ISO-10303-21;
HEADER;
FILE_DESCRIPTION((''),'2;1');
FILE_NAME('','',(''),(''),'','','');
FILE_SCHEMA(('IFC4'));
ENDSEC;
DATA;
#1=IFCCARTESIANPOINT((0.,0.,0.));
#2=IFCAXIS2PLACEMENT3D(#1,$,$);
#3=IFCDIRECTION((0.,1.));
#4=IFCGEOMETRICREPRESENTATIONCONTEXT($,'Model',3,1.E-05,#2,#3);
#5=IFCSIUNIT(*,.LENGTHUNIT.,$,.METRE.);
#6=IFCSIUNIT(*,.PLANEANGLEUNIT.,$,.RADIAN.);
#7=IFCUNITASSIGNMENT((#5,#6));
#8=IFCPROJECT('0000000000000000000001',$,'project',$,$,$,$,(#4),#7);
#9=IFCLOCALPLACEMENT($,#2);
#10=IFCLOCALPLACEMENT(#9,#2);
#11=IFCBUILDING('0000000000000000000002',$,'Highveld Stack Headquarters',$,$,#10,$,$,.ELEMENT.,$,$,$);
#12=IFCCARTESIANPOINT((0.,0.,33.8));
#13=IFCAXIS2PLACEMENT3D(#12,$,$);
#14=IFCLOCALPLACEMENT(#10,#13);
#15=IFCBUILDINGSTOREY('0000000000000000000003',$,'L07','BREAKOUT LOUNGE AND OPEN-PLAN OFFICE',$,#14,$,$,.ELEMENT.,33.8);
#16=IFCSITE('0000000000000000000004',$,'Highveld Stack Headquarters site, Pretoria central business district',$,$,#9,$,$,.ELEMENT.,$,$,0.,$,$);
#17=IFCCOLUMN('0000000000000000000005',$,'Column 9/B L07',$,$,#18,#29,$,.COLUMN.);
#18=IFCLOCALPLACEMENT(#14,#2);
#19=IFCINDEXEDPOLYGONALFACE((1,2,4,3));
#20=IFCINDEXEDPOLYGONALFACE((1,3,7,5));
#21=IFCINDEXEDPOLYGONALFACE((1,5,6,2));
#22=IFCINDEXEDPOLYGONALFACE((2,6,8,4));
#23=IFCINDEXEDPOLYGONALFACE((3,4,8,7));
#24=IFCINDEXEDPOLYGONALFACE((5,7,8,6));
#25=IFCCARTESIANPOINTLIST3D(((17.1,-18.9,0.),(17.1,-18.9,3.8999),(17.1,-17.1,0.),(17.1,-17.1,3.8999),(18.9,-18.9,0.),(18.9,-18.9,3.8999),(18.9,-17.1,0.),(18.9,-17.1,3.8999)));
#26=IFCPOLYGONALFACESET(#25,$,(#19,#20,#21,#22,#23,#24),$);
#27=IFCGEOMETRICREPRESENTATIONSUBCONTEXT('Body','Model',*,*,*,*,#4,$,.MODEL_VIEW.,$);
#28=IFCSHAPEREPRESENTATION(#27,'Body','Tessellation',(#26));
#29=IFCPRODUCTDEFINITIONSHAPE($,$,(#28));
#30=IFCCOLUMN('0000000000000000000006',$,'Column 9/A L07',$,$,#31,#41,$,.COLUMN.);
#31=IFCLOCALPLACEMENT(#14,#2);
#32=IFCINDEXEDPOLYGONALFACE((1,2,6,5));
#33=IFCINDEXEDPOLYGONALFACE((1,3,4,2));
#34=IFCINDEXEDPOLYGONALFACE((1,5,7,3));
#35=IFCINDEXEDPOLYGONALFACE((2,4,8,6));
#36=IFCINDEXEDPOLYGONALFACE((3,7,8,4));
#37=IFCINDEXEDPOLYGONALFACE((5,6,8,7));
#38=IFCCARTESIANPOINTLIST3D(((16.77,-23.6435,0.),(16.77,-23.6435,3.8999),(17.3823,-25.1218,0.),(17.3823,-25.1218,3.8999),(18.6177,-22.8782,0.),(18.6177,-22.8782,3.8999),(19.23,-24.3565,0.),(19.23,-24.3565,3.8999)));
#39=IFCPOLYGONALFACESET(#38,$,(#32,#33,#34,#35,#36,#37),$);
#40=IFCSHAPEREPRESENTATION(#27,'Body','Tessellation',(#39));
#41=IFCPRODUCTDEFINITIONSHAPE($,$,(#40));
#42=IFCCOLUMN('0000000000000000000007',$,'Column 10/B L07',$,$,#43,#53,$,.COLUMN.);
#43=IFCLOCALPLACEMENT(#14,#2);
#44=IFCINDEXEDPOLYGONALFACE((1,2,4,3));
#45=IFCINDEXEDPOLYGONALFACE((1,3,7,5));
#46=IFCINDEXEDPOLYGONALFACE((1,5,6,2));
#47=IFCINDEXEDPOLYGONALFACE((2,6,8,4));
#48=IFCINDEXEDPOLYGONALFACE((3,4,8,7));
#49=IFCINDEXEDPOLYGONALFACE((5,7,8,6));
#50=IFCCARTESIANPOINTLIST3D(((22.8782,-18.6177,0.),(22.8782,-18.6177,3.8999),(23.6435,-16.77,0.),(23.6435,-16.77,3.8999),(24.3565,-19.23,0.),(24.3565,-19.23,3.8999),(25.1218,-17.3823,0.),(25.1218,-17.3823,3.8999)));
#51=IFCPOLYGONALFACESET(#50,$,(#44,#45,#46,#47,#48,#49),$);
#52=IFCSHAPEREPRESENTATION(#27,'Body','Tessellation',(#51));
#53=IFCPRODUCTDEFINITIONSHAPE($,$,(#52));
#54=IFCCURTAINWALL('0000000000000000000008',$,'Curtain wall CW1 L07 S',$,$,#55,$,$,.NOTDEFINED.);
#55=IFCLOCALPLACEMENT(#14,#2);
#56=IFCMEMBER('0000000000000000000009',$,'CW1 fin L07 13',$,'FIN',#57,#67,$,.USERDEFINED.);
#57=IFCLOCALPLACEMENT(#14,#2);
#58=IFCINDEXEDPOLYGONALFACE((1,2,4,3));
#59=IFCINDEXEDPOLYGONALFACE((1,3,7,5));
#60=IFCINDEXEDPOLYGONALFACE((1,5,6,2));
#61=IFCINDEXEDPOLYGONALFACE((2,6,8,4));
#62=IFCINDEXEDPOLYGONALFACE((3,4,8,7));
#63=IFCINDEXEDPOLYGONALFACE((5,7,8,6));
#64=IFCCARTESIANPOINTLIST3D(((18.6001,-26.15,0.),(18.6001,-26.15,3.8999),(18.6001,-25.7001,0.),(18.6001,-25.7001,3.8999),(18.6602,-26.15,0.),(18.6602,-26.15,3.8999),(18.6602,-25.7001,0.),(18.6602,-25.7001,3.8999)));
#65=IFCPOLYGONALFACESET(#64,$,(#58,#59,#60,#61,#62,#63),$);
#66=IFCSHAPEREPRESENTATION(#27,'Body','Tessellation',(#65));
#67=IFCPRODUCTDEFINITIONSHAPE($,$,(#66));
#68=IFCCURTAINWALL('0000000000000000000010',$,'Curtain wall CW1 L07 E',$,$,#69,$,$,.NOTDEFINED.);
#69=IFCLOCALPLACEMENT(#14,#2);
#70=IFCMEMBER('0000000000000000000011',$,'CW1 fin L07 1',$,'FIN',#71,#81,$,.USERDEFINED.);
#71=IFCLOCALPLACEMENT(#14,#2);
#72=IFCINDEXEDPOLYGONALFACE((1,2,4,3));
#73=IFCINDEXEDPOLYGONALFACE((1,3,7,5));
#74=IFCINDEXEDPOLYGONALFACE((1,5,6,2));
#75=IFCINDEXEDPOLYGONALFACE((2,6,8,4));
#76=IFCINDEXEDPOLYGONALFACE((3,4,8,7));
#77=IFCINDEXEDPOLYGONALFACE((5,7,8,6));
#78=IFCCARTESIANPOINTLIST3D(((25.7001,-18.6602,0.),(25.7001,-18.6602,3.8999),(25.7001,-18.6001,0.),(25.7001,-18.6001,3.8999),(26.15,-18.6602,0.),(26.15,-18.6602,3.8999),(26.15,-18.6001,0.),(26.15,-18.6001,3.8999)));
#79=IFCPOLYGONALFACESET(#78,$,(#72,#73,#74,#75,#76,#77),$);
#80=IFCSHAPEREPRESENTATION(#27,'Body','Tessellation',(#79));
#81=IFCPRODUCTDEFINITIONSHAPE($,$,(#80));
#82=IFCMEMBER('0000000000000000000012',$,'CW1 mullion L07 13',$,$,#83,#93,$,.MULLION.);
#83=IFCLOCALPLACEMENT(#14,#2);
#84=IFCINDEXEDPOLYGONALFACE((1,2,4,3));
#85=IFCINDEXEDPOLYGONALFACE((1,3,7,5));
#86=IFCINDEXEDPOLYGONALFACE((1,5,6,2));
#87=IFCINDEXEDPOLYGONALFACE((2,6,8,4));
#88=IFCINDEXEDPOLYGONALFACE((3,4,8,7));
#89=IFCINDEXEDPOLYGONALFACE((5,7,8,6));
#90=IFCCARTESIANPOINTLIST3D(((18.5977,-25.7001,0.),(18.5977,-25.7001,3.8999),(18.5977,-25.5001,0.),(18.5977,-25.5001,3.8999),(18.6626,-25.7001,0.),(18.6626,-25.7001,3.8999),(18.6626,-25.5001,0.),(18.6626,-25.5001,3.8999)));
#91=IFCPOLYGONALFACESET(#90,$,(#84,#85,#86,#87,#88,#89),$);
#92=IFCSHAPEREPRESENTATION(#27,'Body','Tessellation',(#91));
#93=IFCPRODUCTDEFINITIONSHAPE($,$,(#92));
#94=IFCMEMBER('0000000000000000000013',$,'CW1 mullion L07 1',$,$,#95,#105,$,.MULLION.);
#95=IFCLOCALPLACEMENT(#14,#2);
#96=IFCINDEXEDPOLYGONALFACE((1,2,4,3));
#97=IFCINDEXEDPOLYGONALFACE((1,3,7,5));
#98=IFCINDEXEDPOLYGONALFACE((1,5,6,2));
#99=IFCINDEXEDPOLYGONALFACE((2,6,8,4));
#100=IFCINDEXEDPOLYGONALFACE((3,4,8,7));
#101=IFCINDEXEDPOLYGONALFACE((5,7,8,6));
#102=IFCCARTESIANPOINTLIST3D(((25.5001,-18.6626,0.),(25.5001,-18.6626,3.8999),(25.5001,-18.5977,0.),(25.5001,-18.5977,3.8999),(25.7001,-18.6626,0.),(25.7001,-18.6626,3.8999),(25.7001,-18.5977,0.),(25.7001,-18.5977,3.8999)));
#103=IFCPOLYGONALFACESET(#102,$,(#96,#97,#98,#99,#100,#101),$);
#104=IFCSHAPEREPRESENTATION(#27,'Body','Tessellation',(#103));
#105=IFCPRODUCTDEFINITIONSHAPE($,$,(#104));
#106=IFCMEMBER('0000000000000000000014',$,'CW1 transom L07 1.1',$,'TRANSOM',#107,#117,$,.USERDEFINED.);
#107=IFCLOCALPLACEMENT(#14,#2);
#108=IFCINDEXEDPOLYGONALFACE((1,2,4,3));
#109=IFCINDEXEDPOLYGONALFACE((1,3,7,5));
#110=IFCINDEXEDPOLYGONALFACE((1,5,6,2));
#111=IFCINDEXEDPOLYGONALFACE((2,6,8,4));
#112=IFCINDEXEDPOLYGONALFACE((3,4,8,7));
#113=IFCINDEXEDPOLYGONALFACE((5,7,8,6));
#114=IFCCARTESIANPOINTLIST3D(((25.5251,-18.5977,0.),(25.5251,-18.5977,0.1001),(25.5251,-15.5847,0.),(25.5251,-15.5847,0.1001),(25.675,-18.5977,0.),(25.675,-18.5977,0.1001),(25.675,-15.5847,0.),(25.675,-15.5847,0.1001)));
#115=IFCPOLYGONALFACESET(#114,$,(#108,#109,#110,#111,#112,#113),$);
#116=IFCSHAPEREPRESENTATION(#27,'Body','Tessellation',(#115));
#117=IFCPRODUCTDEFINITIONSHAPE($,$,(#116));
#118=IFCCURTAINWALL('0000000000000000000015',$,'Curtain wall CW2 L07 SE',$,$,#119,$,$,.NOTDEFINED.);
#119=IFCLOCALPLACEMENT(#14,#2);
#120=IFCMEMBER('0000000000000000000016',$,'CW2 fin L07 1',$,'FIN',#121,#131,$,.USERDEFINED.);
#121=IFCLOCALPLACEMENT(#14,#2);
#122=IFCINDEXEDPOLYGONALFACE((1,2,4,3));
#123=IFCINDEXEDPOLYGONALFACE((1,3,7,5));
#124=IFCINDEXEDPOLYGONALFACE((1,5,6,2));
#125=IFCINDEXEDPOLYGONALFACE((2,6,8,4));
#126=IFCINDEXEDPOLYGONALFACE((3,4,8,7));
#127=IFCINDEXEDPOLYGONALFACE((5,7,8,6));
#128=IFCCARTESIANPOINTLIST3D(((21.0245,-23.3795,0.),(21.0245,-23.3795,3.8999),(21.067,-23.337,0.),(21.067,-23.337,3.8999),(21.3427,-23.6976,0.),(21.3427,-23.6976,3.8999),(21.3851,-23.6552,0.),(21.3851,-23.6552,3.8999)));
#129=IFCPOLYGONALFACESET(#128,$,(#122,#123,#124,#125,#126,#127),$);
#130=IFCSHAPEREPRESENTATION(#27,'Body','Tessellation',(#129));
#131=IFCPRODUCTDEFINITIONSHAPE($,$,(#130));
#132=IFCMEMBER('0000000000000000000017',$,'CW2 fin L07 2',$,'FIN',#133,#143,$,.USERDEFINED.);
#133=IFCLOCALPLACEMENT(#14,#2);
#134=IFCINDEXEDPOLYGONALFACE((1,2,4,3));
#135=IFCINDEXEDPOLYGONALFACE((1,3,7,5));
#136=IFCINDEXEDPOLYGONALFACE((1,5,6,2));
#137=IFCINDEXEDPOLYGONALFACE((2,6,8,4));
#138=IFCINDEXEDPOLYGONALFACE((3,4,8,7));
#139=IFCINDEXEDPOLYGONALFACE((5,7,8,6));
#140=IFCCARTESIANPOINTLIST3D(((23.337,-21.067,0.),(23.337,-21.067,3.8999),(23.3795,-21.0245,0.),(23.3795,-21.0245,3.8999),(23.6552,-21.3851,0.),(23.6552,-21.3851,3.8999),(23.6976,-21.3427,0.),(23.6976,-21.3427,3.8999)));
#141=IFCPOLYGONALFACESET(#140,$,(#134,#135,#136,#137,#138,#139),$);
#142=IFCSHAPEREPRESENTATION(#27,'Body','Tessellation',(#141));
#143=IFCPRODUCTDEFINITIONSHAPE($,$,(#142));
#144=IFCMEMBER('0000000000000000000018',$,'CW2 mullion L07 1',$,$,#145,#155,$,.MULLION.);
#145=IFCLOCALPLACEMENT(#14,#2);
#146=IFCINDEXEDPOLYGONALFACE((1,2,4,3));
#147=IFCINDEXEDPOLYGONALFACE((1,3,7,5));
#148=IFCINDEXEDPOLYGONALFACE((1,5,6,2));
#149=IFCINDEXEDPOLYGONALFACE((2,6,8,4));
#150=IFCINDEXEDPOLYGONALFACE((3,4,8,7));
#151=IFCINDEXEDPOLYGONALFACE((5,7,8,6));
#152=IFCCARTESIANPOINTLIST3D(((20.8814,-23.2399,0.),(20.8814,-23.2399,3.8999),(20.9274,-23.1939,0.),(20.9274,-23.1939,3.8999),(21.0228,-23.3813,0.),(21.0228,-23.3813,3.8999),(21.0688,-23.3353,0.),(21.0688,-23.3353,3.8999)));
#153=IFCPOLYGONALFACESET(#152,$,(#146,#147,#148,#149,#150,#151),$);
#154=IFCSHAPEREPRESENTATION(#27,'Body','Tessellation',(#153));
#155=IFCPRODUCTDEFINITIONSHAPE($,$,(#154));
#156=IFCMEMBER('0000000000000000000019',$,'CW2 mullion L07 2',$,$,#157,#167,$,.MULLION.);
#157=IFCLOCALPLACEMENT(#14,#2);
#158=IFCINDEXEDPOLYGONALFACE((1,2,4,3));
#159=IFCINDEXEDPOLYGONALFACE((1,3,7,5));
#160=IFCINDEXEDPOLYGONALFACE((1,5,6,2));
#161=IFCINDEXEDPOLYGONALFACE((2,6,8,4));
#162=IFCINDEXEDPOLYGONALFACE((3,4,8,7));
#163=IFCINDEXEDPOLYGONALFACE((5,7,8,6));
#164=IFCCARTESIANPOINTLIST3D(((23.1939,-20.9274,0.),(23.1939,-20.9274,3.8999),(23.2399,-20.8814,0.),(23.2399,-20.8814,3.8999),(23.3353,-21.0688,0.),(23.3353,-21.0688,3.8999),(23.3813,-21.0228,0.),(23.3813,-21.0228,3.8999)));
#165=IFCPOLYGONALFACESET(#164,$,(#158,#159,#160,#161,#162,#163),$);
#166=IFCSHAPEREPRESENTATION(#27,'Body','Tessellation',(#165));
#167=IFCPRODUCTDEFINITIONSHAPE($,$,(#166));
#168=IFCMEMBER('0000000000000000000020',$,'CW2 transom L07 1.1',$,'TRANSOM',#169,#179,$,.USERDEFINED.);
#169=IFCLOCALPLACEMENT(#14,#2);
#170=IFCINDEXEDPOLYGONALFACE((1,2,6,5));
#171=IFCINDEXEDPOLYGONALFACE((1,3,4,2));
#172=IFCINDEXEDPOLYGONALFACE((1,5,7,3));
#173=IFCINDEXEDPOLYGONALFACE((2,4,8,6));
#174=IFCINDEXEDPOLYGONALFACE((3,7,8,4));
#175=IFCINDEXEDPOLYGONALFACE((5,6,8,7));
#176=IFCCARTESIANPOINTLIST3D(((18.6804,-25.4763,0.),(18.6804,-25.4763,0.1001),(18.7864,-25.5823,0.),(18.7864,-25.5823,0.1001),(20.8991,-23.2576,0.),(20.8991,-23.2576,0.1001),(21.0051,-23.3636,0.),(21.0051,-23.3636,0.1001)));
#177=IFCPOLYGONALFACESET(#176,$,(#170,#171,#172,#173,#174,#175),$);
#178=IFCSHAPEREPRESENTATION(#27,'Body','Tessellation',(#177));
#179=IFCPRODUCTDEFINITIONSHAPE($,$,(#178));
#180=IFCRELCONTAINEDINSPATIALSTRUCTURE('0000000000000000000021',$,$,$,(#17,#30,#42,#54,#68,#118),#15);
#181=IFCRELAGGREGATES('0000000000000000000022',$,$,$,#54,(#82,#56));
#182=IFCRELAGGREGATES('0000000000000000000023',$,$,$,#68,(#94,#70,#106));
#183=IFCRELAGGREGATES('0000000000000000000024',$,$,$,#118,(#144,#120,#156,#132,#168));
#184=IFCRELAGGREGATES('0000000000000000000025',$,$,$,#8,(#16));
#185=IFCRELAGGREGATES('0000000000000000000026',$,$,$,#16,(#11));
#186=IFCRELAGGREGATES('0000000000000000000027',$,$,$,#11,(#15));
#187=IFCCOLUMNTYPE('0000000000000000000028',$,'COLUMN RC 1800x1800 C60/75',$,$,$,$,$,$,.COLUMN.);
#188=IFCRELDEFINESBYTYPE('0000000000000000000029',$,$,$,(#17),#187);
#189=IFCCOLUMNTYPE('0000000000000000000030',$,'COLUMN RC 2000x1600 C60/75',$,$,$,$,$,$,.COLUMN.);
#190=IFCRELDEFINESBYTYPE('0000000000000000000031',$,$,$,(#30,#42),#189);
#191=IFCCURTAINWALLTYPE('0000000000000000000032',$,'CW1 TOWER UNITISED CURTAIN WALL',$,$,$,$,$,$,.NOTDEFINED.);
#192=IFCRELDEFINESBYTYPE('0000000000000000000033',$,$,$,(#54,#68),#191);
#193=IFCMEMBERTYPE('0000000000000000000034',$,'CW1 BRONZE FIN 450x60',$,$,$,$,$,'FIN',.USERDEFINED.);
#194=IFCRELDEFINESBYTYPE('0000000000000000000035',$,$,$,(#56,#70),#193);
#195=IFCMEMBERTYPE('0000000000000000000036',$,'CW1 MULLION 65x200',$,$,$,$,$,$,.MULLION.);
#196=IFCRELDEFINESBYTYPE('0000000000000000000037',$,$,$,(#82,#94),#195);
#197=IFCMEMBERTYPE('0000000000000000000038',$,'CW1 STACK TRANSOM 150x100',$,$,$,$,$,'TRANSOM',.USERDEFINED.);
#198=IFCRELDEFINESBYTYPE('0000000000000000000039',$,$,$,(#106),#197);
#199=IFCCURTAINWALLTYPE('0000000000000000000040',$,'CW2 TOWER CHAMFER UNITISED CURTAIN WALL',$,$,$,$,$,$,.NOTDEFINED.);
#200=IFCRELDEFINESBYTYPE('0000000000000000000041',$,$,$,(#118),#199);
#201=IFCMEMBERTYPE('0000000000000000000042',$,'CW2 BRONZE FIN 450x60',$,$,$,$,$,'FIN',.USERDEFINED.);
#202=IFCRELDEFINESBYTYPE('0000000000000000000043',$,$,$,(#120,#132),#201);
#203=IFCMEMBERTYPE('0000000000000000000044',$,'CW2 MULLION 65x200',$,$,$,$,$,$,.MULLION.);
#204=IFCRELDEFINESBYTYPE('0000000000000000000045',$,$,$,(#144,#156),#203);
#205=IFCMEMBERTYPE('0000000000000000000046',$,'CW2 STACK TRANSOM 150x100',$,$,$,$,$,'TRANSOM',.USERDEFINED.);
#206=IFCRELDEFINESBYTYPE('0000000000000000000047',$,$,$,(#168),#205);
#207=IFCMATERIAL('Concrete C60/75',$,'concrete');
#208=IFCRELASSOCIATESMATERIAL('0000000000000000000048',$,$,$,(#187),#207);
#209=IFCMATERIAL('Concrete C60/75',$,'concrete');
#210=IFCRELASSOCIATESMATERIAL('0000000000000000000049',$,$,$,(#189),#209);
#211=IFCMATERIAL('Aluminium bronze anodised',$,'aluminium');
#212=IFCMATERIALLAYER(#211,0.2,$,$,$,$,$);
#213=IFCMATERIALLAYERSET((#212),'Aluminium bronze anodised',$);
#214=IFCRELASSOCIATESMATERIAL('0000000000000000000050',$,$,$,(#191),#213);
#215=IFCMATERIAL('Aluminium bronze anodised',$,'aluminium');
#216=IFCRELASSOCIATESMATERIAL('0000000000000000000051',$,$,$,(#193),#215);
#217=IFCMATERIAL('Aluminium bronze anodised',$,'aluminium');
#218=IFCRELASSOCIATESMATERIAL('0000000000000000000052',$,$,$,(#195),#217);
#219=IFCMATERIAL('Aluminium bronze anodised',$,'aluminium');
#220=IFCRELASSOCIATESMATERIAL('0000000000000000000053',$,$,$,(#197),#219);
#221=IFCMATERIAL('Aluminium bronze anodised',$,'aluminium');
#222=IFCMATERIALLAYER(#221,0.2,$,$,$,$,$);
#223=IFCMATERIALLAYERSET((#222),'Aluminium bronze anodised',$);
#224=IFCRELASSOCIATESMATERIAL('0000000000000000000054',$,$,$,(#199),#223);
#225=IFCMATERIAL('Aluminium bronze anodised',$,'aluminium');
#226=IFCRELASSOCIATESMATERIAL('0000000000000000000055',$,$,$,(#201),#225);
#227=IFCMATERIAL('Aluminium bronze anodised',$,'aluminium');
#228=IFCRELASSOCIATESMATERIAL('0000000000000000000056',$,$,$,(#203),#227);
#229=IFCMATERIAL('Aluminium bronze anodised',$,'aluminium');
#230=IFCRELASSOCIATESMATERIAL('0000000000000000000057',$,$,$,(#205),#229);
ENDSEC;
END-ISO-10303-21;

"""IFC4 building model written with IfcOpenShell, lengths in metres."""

from ifc_helpers import new_model, si_unit, direction, frame, origin, origin_2d, place, context, subcontext, project, spatial, rectangle, extrude, material, layer, layer_set, material_profile, profile_set, type_object, element, aggregate, save


model = new_model("IFC4")

# Units and contexts
model_context = context("Model", 3, precision=1e-05, world=origin(), true_north=direction((0.0, 1.0)))
body_context = subcontext(model_context, "Body", "Model", "MODEL_VIEW")
ifc_project = project(units=[si_unit("LENGTHUNIT", "METRE"), si_unit("PLANEANGLEUNIT", "RADIAN")], contexts=[model_context])

# Site, building, storey
site_placement = place(None, origin())
site = spatial("IfcSite", under=ifc_project, at=site_placement, Name="Highveld Stack Headquarters site, Pretoria central business district", CompositionType="ELEMENT", RefElevation=0.0)
building_placement = place(site_placement, origin())
building = spatial("IfcBuilding", under=site, at=building_placement, Name="Highveld Stack Headquarters", CompositionType="ELEMENT")
storey_placement = place(building_placement, frame((0.0, 0.0, 33.8)))
storey = spatial("IfcBuildingStorey", under=building, at=storey_placement, Name="L07", Description="BREAKOUT LOUNGE AND OPEN-PLAN OFFICE", CompositionType="ELEMENT", Elevation=33.8)

# Columns
ifc_material_1 = material(Name="Concrete C60/75", Category="concrete")
ifc_material_profile_1 = material_profile(ifc_material_1, rectangle(XDim=1.8, YDim=1.8, at=origin_2d()), Name="RC 1800x1800")
ifc_profile_set_1 = profile_set([ifc_material_profile_1], Name="Concrete C60/75")
column_type_1 = type_object("IfcColumnType", Name="COLUMN RC 1800x1800 C60/75", PredefinedType="COLUMN", material=ifc_profile_set_1)
column_placement = place(storey_placement, frame((18.0, -18.0, 0.0), z_axis=(0.0, 0.0, 1.0), x_axis=(1.0, 0.0, 0.0)))
element("IfcColumn", 1, at=column_placement, inside=storey, type_object=column_type_1, Name="Column 9/B L07", PredefinedType="COLUMN", context=body_context, shape_type="SweptSolid", body=[
    extrude(rectangle(XDim=1.8, YDim=1.8, at=origin_2d()), origin(), (0.0, 0.0, 1.0), 3.8999),
])
ifc_material_2 = material(Name="Concrete C60/75", Category="concrete")
ifc_material_profile_2 = material_profile(ifc_material_2, rectangle(XDim=2.0, YDim=1.6001, at=origin_2d()), Name="RC 2000x1600")
ifc_profile_set_2 = profile_set([ifc_material_profile_2], Name="Concrete C60/75")
column_type_2 = type_object("IfcColumnType", Name="COLUMN RC 2000x1600 C60/75", PredefinedType="COLUMN", material=ifc_profile_set_2)
for number, where, z_axis, x_axis, name in (
    (2, (18.0, -24.0, 0.0), (0.0, 0.0, 1.0), (-0.92388, -0.382683, 0.0), "Column 9/A L07"),
    (3, (24.0, -18.0, 0.0), (0.0, 0.0, 1.0), (-0.382683, -0.92388, 0.0), "Column 10/B L07"),
):
    element("IfcColumn", number, at=place(storey_placement, frame(where, z_axis=z_axis, x_axis=x_axis)), inside=storey, type_object=column_type_2, Name=name, PredefinedType="COLUMN", context=body_context, shape_type="SweptSolid", body=[
        extrude(rectangle(XDim=2.0, YDim=1.6001, at=origin_2d()), origin(), (0.0, 0.0, 1.0), 3.8999),
    ])

# Curtain walls, members
ifc_material_3 = material(Name="Aluminium bronze anodised", Category="aluminium")
ifc_layer_1 = layer(ifc_material_3, 0.2)
ifc_layer_set_1 = layer_set([ifc_layer_1], Name="Aluminium bronze anodised")
curtain_wall_type_1 = type_object("IfcCurtainWallType", Name="CW1 TOWER UNITISED CURTAIN WALL", PredefinedType="NOTDEFINED", material=ifc_layer_set_1)
curtain_wall_1_placement = place(storey_placement, origin())
curtain_wall_1 = element("IfcCurtainWall", 4, at=curtain_wall_1_placement, inside=storey, type_object=curtain_wall_type_1, Name="Curtain wall CW1 L07 S", PredefinedType="NOTDEFINED")
ifc_material_4 = material(Name="Aluminium bronze anodised", Category="aluminium")
ifc_material_profile_3 = material_profile(ifc_material_4, rectangle(XDim=0.45, YDim=0.0601, at=origin_2d()), Name="FIN 450x60")
ifc_profile_set_3 = profile_set([ifc_material_profile_3], Name="Aluminium bronze anodised")
member_type_1 = type_object("IfcMemberType", Name="CW1 BRONZE FIN 450x60", ElementType="FIN", PredefinedType="USERDEFINED", material=ifc_profile_set_3)
member_1_placement = place(storey_placement, frame((18.6301, -25.925, 0.0), z_axis=(0.0, 0.0, 1.0), x_axis=(0.0, 1.0, 0.0)))
member_1 = element("IfcMember", 5, at=member_1_placement, type_object=member_type_1, Name="CW1 fin L07 13", ObjectType="FIN", PredefinedType="USERDEFINED", context=body_context, shape_type="SweptSolid", body=[
    extrude(rectangle(XDim=0.45, YDim=0.0601, at=origin_2d()), origin(), (0.0, 0.0, 1.0), 3.8999),
])
curtain_wall_2_placement = place(storey_placement, origin())
curtain_wall_2 = element("IfcCurtainWall", 6, at=curtain_wall_2_placement, inside=storey, type_object=curtain_wall_type_1, Name="Curtain wall CW1 L07 E", PredefinedType="NOTDEFINED")
member_2_placement = place(storey_placement, frame((25.925, -18.6301, 0.0), z_axis=(0.0, 0.0, 1.0), x_axis=(-1.0, 0.0, 0.0)))
member_2 = element("IfcMember", 7, at=member_2_placement, type_object=member_type_1, Name="CW1 fin L07 1", ObjectType="FIN", PredefinedType="USERDEFINED", context=body_context, shape_type="SweptSolid", body=[
    extrude(rectangle(XDim=0.45, YDim=0.0601, at=origin_2d()), origin(), (0.0, 0.0, 1.0), 3.8999),
])

# Members
ifc_material_5 = material(Name="Aluminium bronze anodised", Category="aluminium")
ifc_material_profile_4 = material_profile(ifc_material_5, rectangle(XDim=0.2, YDim=0.0649, at=origin_2d()), Name="CW1 MULLION 65x200")
ifc_profile_set_4 = profile_set([ifc_material_profile_4], Name="Aluminium bronze anodised")
member_type_2 = type_object("IfcMemberType", Name="CW1 MULLION 65x200", PredefinedType="MULLION", material=ifc_profile_set_4)
member_3_placement = place(storey_placement, frame((18.6301, -25.6001, 0.0), z_axis=(0.0, 0.0, 1.0), x_axis=(0.0, 1.0, 0.0)))
member_3 = element("IfcMember", 8, at=member_3_placement, type_object=member_type_2, Name="CW1 mullion L07 13", PredefinedType="MULLION", context=body_context, shape_type="SweptSolid", body=[
    extrude(rectangle(XDim=0.2, YDim=0.0649, at=origin_2d()), origin(), (0.0, 0.0, 1.0), 3.8999),
])
member_4_placement = place(storey_placement, frame((25.6001, -18.6301, 0.0), z_axis=(0.0, 0.0, 1.0), x_axis=(-1.0, 0.0, 0.0)))
member_4 = element("IfcMember", 9, at=member_4_placement, type_object=member_type_2, Name="CW1 mullion L07 1", PredefinedType="MULLION", context=body_context, shape_type="SweptSolid", body=[
    extrude(rectangle(XDim=0.2, YDim=0.0649, at=origin_2d()), origin(), (0.0, 0.0, 1.0), 3.8999),
])
ifc_material_6 = material(Name="Aluminium bronze anodised", Category="aluminium")
ifc_material_profile_5 = material_profile(ifc_material_6, rectangle(XDim=0.1499, YDim=0.1001, at=origin_2d()), Name="CW1 TRANSOM 150x100")
ifc_profile_set_5 = profile_set([ifc_material_profile_5], Name="Aluminium bronze anodised")
member_type_3 = type_object("IfcMemberType", Name="CW1 STACK TRANSOM 150x100", ElementType="TRANSOM", PredefinedType="USERDEFINED", material=ifc_profile_set_5)
member_5_placement = place(storey_placement, frame((25.6001, -18.5977, 0.05), z_axis=(0.0, 1.0, 0.0), x_axis=(-1.0, 0.0, 0.0)))
member_5 = element("IfcMember", 10, at=member_5_placement, type_object=member_type_3, Name="CW1 transom L07 1.1", ObjectType="TRANSOM", PredefinedType="USERDEFINED", context=body_context, shape_type="SweptSolid", body=[
    extrude(rectangle(XDim=0.1499, YDim=0.1001, at=origin_2d()), origin(), (0.0, 0.0, 1.0), 3.0129),
])

# Curtain wall, members
ifc_material_7 = material(Name="Aluminium bronze anodised", Category="aluminium")
ifc_layer_2 = layer(ifc_material_7, 0.2)
ifc_layer_set_2 = layer_set([ifc_layer_2], Name="Aluminium bronze anodised")
curtain_wall_type_2 = type_object("IfcCurtainWallType", Name="CW2 TOWER CHAMFER UNITISED CURTAIN WALL", PredefinedType="NOTDEFINED", material=ifc_layer_set_2)
curtain_wall_3_placement = place(storey_placement, origin())
curtain_wall_3 = element("IfcCurtainWall", 11, at=curtain_wall_3_placement, inside=storey, type_object=curtain_wall_type_2, Name="Curtain wall CW2 L07 SE", PredefinedType="NOTDEFINED")
ifc_material_8 = material(Name="Aluminium bronze anodised", Category="aluminium")
ifc_material_profile_6 = material_profile(ifc_material_8, rectangle(XDim=0.45, YDim=0.0601, at=origin_2d()), Name="FIN 450x60")
ifc_profile_set_6 = profile_set([ifc_material_profile_6], Name="Aluminium bronze anodised")
member_type_4 = type_object("IfcMemberType", Name="CW2 BRONZE FIN 450x60", ElementType="FIN", PredefinedType="USERDEFINED", material=ifc_profile_set_6)
member_6_placement = place(storey_placement, frame((21.2048, -23.5173, 0.0), z_axis=(0.0, 0.0, 1.0), x_axis=(-0.707107, 0.707107, 0.0)))
member_6 = element("IfcMember", 12, at=member_6_placement, type_object=member_type_4, Name="CW2 fin L07 1", ObjectType="FIN", PredefinedType="USERDEFINED", context=body_context, shape_type="SweptSolid", body=[
    extrude(rectangle(XDim=0.45, YDim=0.0601, at=origin_2d()), origin(), (0.0, 0.0, 1.0), 3.8999),
])
member_7_placement = place(storey_placement, frame((23.5173, -21.2048, 0.0), z_axis=(0.0, 0.0, 1.0), x_axis=(-0.707107, 0.707107, 0.0)))
member_7 = element("IfcMember", 13, at=member_7_placement, type_object=member_type_4, Name="CW2 fin L07 2", ObjectType="FIN", PredefinedType="USERDEFINED", context=body_context, shape_type="SweptSolid", body=[
    extrude(rectangle(XDim=0.45, YDim=0.0601, at=origin_2d()), origin(), (0.0, 0.0, 1.0), 3.8999),
])
ifc_material_9 = material(Name="Aluminium bronze anodised", Category="aluminium")
ifc_material_profile_7 = material_profile(ifc_material_9, rectangle(XDim=0.2, YDim=0.0649, at=origin_2d()), Name="CW2 MULLION 65x200")
ifc_profile_set_7 = profile_set([ifc_material_profile_7], Name="Aluminium bronze anodised")
member_type_5 = type_object("IfcMemberType", Name="CW2 MULLION 65x200", PredefinedType="MULLION", material=ifc_profile_set_7)
member_8_placement = place(storey_placement, frame((20.9751, -23.2876, 0.0), z_axis=(0.0, 0.0, 1.0), x_axis=(-0.707107, 0.707107, 0.0)))
member_8 = element("IfcMember", 14, at=member_8_placement, type_object=member_type_5, Name="CW2 mullion L07 1", PredefinedType="MULLION", context=body_context, shape_type="SweptSolid", body=[
    extrude(rectangle(XDim=0.2, YDim=0.0649, at=origin_2d()), origin(), (0.0, 0.0, 1.0), 3.8999),
])
member_9_placement = place(storey_placement, frame((23.2876, -20.9751, 0.0), z_axis=(0.0, 0.0, 1.0), x_axis=(-0.707107, 0.707107, 0.0)))
member_9 = element("IfcMember", 15, at=member_9_placement, type_object=member_type_5, Name="CW2 mullion L07 2", PredefinedType="MULLION", context=body_context, shape_type="SweptSolid", body=[
    extrude(rectangle(XDim=0.2, YDim=0.0649, at=origin_2d()), origin(), (0.0, 0.0, 1.0), 3.8999),
])
ifc_material_10 = material(Name="Aluminium bronze anodised", Category="aluminium")
ifc_material_profile_8 = material_profile(ifc_material_10, rectangle(XDim=0.1499, YDim=0.1001, at=origin_2d()), Name="CW2 TRANSOM 150x100")
ifc_profile_set_8 = profile_set([ifc_material_profile_8], Name="Aluminium bronze anodised")
member_type_6 = type_object("IfcMemberType", Name="CW2 STACK TRANSOM 150x100", ElementType="TRANSOM", PredefinedType="USERDEFINED", material=ifc_profile_set_8)
member_10_placement = place(storey_placement, frame((18.7334, -25.5293, 0.05), z_axis=(0.707107, 0.707107, 0.0), x_axis=(-0.707107, 0.707107, 0.0)))
member_10 = element("IfcMember", 16, at=member_10_placement, type_object=member_type_6, Name="CW2 transom L07 1.1", ObjectType="TRANSOM", PredefinedType="USERDEFINED", context=body_context, shape_type="SweptSolid", body=[
    extrude(rectangle(XDim=0.1499, YDim=0.1001, at=origin_2d()), origin(), (0.0, 0.0, 1.0), 3.1377),
])

aggregate(curtain_wall_1, [member_3, member_1])
aggregate(curtain_wall_2, [member_4, member_2, member_5])
aggregate(curtain_wall_3, [member_8, member_6, member_9, member_7, member_10])

save(model, "model.ifc")
